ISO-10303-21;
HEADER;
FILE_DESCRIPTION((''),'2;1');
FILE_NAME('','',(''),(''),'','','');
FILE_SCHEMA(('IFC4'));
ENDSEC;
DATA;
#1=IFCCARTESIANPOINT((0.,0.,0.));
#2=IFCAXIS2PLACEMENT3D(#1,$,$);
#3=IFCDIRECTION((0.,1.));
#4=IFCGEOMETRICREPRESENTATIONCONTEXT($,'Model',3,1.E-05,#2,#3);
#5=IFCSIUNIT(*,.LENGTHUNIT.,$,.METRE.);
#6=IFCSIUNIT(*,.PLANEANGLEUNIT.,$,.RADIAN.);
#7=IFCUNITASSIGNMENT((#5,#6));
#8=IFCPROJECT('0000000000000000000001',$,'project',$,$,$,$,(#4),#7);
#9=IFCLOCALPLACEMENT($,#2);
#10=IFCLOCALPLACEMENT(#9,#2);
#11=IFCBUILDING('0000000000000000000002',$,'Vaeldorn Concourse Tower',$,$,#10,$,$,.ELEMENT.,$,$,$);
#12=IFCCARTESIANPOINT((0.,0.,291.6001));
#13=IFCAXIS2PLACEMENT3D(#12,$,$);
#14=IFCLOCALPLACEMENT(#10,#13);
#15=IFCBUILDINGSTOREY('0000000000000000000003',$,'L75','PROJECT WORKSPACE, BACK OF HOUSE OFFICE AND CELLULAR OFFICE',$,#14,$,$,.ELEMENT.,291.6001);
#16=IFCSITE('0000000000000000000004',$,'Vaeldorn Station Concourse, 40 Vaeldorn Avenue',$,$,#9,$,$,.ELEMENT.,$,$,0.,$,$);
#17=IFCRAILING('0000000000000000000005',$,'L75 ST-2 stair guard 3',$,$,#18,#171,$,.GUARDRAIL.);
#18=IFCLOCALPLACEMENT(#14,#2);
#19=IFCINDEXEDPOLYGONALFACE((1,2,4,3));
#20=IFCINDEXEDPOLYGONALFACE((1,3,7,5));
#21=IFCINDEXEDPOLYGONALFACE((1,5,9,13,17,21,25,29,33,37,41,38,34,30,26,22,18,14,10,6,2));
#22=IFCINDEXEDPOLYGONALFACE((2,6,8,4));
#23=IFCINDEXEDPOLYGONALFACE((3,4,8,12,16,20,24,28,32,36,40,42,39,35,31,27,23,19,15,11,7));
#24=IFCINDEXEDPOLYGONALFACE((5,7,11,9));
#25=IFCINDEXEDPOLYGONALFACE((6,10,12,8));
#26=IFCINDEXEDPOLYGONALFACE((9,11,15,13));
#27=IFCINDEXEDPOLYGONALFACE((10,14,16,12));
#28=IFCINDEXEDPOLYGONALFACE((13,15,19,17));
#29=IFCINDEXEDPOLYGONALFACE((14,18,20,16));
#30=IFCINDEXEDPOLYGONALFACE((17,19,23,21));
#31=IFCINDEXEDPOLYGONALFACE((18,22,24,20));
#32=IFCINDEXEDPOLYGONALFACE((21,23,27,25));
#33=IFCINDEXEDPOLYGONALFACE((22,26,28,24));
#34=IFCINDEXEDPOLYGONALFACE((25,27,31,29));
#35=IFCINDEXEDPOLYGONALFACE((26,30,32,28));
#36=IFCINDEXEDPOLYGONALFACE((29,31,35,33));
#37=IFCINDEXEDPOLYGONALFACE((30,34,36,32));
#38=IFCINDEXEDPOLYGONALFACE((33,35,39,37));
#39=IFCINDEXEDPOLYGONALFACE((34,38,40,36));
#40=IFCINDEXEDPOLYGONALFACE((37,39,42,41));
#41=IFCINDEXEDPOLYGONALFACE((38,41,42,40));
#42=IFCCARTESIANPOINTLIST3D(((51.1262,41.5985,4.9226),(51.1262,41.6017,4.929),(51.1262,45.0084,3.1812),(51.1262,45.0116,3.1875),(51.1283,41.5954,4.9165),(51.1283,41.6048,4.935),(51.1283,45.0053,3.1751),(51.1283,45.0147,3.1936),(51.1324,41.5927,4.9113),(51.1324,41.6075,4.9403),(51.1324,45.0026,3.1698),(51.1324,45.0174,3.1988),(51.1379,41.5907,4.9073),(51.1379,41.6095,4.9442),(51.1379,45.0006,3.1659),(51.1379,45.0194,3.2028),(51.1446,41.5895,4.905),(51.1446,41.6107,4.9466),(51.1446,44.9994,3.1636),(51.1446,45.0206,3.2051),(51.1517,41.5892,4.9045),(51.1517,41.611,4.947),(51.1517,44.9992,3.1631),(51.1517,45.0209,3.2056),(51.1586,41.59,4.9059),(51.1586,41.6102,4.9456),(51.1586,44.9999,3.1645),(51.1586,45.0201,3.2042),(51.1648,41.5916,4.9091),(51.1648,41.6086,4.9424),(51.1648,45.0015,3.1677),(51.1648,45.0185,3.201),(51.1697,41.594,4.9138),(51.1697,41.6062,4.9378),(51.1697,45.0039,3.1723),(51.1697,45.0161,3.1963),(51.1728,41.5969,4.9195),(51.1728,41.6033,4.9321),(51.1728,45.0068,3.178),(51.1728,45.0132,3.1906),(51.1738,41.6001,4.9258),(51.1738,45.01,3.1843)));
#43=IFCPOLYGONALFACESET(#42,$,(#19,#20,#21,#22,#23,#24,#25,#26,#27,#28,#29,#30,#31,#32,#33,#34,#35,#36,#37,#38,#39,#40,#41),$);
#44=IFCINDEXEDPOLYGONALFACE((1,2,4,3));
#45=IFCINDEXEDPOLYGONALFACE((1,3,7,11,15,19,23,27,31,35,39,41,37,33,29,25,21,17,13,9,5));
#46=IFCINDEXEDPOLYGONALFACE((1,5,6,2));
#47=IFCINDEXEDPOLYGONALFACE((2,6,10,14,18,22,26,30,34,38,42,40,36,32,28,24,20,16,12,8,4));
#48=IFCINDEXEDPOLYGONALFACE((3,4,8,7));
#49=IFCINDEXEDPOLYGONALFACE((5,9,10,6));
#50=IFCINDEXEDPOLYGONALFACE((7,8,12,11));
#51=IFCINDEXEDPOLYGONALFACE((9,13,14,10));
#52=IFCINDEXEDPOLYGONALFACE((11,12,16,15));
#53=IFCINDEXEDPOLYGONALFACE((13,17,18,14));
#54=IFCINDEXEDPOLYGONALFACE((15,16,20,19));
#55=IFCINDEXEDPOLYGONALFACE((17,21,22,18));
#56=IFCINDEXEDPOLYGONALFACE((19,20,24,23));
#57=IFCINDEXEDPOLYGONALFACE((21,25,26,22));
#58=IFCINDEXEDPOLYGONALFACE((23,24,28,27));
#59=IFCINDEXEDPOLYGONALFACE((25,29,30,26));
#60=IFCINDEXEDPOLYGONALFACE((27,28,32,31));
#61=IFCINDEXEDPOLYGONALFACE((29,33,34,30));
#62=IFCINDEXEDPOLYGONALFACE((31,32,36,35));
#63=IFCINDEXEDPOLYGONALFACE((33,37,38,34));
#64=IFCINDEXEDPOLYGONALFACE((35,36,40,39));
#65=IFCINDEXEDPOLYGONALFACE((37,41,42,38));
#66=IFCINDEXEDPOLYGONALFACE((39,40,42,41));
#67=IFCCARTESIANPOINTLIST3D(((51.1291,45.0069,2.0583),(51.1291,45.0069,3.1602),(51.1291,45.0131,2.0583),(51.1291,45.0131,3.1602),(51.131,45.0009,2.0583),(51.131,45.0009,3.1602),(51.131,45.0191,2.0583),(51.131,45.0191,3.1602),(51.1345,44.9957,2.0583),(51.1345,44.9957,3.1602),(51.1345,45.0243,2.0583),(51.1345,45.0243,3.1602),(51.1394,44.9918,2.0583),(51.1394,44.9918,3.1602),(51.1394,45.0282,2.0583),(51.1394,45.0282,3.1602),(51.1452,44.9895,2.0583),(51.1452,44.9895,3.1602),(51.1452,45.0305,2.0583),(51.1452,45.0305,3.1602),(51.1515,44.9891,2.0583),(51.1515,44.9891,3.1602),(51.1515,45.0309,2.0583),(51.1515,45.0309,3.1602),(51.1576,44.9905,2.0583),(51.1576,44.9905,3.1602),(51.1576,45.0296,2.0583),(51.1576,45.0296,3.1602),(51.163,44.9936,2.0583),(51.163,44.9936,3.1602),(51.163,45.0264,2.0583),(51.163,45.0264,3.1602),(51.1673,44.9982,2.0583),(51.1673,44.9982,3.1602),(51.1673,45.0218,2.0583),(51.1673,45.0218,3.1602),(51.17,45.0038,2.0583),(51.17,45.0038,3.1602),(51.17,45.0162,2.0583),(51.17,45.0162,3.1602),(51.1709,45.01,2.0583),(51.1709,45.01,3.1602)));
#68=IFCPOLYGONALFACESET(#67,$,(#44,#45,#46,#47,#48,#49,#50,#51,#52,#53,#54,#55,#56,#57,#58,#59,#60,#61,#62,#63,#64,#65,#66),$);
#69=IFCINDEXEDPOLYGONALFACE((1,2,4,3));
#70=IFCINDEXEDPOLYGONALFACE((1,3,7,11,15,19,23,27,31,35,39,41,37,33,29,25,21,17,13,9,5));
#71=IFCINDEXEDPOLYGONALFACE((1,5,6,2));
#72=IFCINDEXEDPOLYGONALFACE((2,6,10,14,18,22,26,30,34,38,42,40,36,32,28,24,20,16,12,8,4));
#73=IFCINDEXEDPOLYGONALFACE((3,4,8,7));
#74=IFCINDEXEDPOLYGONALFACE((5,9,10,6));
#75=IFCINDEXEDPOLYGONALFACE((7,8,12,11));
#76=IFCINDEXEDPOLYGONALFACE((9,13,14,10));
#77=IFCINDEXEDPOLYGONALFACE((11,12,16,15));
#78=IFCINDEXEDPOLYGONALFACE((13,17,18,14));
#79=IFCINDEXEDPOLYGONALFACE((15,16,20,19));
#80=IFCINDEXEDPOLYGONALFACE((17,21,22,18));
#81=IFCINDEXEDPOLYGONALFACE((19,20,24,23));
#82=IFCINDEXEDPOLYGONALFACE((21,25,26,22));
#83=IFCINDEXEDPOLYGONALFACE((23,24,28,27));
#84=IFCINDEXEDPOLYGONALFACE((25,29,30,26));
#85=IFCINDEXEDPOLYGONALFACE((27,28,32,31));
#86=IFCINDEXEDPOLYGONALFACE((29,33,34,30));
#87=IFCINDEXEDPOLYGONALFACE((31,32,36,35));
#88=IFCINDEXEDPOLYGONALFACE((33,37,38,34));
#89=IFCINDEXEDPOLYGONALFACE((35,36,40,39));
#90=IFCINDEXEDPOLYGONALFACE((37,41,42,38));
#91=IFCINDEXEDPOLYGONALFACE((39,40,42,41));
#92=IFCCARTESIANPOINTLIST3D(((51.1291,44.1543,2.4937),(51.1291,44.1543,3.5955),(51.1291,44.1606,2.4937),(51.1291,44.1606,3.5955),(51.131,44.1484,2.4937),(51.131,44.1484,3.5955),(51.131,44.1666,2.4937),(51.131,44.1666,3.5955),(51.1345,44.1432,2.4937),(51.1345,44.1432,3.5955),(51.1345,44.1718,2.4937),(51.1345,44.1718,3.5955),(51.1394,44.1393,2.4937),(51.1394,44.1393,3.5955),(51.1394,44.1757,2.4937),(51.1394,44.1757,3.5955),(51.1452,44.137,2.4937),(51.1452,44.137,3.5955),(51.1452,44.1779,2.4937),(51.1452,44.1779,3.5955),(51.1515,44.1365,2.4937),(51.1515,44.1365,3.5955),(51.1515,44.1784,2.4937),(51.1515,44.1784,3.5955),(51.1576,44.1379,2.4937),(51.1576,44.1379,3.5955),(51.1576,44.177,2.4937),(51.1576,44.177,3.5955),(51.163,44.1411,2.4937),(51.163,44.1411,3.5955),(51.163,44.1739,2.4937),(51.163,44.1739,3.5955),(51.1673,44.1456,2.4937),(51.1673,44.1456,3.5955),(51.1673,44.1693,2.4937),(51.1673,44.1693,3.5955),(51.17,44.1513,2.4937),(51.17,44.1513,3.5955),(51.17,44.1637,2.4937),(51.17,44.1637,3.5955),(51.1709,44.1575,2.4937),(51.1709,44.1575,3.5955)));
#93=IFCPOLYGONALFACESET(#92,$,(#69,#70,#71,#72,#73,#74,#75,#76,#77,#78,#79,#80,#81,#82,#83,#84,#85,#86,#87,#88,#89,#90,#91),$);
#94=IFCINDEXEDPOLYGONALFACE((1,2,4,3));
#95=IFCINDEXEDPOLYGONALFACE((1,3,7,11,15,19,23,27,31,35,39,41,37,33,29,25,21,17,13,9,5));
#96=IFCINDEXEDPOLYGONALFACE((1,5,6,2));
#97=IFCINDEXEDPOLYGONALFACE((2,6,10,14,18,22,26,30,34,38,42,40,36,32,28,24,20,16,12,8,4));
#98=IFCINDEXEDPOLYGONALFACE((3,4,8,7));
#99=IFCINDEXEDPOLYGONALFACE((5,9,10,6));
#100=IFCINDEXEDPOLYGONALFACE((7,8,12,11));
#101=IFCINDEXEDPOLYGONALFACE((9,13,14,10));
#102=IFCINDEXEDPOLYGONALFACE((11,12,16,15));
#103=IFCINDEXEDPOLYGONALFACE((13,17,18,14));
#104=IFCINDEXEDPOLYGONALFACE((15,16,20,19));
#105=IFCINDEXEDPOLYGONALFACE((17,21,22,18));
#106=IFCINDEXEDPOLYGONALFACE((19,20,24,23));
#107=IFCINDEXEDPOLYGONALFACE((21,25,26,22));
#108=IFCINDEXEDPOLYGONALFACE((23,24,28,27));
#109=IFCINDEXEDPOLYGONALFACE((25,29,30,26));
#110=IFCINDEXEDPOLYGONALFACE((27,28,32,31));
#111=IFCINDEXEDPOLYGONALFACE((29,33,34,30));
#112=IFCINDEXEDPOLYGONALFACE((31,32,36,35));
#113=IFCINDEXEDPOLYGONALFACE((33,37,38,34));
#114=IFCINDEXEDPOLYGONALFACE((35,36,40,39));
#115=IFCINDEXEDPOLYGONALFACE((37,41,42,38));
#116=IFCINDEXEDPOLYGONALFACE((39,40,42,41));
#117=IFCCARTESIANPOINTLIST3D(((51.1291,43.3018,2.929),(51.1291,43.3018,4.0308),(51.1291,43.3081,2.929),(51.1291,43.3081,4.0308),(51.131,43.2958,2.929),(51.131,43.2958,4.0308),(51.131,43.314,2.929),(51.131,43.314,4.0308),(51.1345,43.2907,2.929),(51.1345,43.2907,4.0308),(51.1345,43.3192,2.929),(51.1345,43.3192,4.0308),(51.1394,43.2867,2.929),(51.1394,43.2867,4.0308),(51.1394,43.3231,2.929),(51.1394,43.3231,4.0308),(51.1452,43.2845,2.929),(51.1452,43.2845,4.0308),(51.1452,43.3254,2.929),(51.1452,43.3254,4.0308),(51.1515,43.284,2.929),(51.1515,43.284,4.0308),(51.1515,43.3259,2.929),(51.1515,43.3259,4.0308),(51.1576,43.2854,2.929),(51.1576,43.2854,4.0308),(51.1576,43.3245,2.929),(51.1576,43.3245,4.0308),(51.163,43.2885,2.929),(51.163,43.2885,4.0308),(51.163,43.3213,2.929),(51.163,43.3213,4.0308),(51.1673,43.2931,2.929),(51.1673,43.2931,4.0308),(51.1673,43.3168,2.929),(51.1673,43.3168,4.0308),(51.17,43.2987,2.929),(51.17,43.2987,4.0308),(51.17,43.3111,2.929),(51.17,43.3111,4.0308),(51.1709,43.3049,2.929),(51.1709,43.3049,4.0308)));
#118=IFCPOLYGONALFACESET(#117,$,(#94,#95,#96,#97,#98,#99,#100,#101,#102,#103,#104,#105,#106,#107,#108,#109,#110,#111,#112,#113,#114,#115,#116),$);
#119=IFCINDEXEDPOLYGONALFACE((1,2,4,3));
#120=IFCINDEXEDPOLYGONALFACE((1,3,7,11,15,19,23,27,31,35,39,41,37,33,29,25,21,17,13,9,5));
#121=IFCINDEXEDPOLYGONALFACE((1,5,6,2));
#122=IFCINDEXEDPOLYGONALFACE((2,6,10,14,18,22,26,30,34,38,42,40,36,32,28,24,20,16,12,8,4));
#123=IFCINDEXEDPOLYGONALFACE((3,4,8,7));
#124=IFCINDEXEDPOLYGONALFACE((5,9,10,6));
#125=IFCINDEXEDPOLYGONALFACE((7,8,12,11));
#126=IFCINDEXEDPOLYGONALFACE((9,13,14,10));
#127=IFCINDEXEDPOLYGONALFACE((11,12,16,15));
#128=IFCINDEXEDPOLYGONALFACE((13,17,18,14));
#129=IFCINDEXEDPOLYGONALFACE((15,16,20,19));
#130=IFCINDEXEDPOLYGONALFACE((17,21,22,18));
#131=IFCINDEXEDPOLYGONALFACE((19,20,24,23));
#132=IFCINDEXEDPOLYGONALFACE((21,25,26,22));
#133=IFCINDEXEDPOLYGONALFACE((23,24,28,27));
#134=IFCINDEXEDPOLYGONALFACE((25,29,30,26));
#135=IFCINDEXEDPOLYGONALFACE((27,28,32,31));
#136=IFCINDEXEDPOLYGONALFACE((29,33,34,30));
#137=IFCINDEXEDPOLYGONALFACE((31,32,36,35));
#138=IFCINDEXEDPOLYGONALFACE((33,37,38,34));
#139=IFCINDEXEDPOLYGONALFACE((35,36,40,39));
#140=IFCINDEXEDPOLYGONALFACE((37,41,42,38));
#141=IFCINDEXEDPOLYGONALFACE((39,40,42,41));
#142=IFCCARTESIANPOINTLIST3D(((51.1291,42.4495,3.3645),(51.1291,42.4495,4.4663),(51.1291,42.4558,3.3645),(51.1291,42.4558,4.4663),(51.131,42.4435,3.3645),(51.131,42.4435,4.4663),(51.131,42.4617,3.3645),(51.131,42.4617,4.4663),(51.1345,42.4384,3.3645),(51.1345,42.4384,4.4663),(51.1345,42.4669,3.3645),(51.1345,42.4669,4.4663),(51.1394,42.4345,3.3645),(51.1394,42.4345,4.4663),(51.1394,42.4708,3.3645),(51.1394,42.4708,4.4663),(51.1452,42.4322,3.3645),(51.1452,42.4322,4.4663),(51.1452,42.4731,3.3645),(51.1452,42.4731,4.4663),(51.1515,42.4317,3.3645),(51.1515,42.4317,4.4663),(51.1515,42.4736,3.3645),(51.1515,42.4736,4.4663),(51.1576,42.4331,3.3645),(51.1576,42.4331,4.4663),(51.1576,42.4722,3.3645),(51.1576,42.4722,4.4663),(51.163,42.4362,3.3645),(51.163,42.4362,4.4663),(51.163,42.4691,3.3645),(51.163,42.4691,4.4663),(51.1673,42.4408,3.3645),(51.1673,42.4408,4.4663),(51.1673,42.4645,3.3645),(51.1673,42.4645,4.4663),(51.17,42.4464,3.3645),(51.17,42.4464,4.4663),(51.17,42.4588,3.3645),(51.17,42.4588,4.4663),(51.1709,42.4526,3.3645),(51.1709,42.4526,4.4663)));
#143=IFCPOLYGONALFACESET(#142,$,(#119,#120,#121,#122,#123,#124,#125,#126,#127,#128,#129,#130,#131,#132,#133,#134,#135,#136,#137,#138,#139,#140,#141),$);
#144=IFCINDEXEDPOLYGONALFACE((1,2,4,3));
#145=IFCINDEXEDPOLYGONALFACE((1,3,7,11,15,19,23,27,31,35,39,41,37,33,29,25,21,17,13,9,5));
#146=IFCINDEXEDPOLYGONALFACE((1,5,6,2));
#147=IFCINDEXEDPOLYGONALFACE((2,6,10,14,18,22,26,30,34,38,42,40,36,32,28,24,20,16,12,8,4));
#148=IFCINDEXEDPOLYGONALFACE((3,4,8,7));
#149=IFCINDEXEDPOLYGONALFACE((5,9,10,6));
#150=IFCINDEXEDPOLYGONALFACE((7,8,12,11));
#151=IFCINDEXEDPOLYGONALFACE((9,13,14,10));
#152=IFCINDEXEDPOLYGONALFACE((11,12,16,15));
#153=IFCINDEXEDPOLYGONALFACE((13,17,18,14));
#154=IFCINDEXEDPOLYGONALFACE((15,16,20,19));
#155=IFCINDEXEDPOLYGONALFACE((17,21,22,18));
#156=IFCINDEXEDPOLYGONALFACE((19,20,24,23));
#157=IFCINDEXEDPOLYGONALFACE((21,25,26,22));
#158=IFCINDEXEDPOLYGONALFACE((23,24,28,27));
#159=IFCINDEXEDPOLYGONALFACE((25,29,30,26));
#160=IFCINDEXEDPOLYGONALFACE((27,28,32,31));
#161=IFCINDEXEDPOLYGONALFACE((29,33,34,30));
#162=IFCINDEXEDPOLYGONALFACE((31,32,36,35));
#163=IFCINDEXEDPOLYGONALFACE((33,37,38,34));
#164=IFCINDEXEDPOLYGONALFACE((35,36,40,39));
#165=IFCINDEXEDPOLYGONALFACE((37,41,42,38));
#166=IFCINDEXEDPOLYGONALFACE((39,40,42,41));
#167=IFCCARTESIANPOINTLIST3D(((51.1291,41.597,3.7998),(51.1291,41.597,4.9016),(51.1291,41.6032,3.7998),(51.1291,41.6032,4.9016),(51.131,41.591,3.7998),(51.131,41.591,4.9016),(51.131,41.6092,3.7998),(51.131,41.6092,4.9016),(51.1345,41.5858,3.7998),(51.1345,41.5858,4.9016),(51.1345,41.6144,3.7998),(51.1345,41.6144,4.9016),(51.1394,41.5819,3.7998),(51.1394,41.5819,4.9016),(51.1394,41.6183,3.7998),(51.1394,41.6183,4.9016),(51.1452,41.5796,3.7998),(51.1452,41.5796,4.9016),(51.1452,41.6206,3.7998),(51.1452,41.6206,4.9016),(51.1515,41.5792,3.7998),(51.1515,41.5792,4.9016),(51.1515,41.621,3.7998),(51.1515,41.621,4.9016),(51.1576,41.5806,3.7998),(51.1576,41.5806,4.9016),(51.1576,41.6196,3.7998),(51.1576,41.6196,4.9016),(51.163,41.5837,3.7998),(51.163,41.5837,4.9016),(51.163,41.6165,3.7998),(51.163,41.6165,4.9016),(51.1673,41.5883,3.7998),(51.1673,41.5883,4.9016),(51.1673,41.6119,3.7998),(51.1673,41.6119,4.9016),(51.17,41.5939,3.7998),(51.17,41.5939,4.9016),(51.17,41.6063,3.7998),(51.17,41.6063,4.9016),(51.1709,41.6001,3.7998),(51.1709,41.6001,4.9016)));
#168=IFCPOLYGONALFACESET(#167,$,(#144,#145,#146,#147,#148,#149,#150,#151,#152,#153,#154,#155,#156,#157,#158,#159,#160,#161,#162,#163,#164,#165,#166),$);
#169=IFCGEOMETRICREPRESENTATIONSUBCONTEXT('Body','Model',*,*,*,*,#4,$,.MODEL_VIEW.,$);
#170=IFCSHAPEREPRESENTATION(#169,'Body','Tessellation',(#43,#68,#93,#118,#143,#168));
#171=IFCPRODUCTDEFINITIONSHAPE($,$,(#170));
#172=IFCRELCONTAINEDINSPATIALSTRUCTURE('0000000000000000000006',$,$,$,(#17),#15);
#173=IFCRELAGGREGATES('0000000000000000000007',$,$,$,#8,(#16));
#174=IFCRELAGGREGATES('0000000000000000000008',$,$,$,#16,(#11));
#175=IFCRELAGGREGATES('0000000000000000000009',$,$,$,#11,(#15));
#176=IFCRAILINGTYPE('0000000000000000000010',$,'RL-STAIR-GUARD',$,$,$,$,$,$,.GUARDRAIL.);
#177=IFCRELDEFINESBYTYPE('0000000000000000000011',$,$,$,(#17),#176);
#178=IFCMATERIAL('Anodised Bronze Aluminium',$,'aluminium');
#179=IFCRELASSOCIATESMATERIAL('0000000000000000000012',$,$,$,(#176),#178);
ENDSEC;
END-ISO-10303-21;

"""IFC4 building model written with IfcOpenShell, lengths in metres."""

from ifc_helpers import new_model, si_unit, direction, frame, origin, origin_2d, place, context, subcontext, project, spatial, circle, extrude, material, type_object, element, save


model = new_model("IFC4")

# Units and contexts
model_context = context("Model", 3, precision=1e-05, world=origin(), true_north=direction((0.0, 1.0)))
body_context = subcontext(model_context, "Body", "Model", "MODEL_VIEW")
ifc_project = project(units=[si_unit("LENGTHUNIT", "METRE"), si_unit("PLANEANGLEUNIT", "RADIAN")], contexts=[model_context])

# Site, building, storey
site_placement = place(None, origin())
site = spatial("IfcSite", under=ifc_project, at=site_placement, Name="Vaeldorn Station Concourse, 40 Vaeldorn Avenue", CompositionType="ELEMENT", RefElevation=0.0)
building_placement = place(site_placement, origin())
building = spatial("IfcBuilding", under=site, at=building_placement, Name="Vaeldorn Concourse Tower", CompositionType="ELEMENT")
storey_placement = place(building_placement, frame((0.0, 0.0, 291.6001)))
storey = spatial("IfcBuildingStorey", under=building, at=storey_placement, Name="L75", Description="PROJECT WORKSPACE, BACK OF HOUSE OFFICE AND CELLULAR OFFICE", CompositionType="ELEMENT", Elevation=291.6001)

# Shared definitions
ifc_material_1 = material(Name="Anodised Bronze Aluminium", Category="aluminium")

# Railing
railing_type_1 = type_object("IfcRailingType", Name="RL-STAIR-GUARD", PredefinedType="GUARDRAIL", material=ifc_material_1)
railing_1_placement = place(storey_placement, frame((51.1499, 45.01, 2.0583)))
element("IfcRailing", 1, at=railing_1_placement, inside=storey, type_object=railing_type_1, Name="L75 ST-2 stair guard 3", PredefinedType="GUARDRAIL", context=body_context, shape_type="SweptSolid", body=[
    extrude(circle(Radius=0.0239, at=origin_2d()), frame((0.0, 0.0, 1.126), z_axis=(0.0, -0.890582, 0.454823), x_axis=(1.0, 0.0, 0.0)), (0.0, 0.0, 1.0), 3.8289),
    extrude(circle(Radius=0.021, at=origin_2d()), origin(), (0.0, 0.0, 1.0), 1.1018),
    extrude(circle(Radius=0.021, at=origin_2d()), frame((0.0, -0.8525, 0.4353)), (0.0, 0.0, 1.0), 1.1018),
    extrude(circle(Radius=0.021, at=origin_2d()), frame((0.0, -1.7051, 0.8706)), (0.0, 0.0, 1.0), 1.1018),
    extrude(circle(Radius=0.021, at=origin_2d()), frame((0.0, -2.5574, 1.3062)), (0.0, 0.0, 1.0), 1.1018),
    extrude(circle(Radius=0.021, at=origin_2d()), frame((0.0, -3.4099, 1.7415)), (0.0, 0.0, 1.0), 1.1018),
])

save(model, "model.ifc")
